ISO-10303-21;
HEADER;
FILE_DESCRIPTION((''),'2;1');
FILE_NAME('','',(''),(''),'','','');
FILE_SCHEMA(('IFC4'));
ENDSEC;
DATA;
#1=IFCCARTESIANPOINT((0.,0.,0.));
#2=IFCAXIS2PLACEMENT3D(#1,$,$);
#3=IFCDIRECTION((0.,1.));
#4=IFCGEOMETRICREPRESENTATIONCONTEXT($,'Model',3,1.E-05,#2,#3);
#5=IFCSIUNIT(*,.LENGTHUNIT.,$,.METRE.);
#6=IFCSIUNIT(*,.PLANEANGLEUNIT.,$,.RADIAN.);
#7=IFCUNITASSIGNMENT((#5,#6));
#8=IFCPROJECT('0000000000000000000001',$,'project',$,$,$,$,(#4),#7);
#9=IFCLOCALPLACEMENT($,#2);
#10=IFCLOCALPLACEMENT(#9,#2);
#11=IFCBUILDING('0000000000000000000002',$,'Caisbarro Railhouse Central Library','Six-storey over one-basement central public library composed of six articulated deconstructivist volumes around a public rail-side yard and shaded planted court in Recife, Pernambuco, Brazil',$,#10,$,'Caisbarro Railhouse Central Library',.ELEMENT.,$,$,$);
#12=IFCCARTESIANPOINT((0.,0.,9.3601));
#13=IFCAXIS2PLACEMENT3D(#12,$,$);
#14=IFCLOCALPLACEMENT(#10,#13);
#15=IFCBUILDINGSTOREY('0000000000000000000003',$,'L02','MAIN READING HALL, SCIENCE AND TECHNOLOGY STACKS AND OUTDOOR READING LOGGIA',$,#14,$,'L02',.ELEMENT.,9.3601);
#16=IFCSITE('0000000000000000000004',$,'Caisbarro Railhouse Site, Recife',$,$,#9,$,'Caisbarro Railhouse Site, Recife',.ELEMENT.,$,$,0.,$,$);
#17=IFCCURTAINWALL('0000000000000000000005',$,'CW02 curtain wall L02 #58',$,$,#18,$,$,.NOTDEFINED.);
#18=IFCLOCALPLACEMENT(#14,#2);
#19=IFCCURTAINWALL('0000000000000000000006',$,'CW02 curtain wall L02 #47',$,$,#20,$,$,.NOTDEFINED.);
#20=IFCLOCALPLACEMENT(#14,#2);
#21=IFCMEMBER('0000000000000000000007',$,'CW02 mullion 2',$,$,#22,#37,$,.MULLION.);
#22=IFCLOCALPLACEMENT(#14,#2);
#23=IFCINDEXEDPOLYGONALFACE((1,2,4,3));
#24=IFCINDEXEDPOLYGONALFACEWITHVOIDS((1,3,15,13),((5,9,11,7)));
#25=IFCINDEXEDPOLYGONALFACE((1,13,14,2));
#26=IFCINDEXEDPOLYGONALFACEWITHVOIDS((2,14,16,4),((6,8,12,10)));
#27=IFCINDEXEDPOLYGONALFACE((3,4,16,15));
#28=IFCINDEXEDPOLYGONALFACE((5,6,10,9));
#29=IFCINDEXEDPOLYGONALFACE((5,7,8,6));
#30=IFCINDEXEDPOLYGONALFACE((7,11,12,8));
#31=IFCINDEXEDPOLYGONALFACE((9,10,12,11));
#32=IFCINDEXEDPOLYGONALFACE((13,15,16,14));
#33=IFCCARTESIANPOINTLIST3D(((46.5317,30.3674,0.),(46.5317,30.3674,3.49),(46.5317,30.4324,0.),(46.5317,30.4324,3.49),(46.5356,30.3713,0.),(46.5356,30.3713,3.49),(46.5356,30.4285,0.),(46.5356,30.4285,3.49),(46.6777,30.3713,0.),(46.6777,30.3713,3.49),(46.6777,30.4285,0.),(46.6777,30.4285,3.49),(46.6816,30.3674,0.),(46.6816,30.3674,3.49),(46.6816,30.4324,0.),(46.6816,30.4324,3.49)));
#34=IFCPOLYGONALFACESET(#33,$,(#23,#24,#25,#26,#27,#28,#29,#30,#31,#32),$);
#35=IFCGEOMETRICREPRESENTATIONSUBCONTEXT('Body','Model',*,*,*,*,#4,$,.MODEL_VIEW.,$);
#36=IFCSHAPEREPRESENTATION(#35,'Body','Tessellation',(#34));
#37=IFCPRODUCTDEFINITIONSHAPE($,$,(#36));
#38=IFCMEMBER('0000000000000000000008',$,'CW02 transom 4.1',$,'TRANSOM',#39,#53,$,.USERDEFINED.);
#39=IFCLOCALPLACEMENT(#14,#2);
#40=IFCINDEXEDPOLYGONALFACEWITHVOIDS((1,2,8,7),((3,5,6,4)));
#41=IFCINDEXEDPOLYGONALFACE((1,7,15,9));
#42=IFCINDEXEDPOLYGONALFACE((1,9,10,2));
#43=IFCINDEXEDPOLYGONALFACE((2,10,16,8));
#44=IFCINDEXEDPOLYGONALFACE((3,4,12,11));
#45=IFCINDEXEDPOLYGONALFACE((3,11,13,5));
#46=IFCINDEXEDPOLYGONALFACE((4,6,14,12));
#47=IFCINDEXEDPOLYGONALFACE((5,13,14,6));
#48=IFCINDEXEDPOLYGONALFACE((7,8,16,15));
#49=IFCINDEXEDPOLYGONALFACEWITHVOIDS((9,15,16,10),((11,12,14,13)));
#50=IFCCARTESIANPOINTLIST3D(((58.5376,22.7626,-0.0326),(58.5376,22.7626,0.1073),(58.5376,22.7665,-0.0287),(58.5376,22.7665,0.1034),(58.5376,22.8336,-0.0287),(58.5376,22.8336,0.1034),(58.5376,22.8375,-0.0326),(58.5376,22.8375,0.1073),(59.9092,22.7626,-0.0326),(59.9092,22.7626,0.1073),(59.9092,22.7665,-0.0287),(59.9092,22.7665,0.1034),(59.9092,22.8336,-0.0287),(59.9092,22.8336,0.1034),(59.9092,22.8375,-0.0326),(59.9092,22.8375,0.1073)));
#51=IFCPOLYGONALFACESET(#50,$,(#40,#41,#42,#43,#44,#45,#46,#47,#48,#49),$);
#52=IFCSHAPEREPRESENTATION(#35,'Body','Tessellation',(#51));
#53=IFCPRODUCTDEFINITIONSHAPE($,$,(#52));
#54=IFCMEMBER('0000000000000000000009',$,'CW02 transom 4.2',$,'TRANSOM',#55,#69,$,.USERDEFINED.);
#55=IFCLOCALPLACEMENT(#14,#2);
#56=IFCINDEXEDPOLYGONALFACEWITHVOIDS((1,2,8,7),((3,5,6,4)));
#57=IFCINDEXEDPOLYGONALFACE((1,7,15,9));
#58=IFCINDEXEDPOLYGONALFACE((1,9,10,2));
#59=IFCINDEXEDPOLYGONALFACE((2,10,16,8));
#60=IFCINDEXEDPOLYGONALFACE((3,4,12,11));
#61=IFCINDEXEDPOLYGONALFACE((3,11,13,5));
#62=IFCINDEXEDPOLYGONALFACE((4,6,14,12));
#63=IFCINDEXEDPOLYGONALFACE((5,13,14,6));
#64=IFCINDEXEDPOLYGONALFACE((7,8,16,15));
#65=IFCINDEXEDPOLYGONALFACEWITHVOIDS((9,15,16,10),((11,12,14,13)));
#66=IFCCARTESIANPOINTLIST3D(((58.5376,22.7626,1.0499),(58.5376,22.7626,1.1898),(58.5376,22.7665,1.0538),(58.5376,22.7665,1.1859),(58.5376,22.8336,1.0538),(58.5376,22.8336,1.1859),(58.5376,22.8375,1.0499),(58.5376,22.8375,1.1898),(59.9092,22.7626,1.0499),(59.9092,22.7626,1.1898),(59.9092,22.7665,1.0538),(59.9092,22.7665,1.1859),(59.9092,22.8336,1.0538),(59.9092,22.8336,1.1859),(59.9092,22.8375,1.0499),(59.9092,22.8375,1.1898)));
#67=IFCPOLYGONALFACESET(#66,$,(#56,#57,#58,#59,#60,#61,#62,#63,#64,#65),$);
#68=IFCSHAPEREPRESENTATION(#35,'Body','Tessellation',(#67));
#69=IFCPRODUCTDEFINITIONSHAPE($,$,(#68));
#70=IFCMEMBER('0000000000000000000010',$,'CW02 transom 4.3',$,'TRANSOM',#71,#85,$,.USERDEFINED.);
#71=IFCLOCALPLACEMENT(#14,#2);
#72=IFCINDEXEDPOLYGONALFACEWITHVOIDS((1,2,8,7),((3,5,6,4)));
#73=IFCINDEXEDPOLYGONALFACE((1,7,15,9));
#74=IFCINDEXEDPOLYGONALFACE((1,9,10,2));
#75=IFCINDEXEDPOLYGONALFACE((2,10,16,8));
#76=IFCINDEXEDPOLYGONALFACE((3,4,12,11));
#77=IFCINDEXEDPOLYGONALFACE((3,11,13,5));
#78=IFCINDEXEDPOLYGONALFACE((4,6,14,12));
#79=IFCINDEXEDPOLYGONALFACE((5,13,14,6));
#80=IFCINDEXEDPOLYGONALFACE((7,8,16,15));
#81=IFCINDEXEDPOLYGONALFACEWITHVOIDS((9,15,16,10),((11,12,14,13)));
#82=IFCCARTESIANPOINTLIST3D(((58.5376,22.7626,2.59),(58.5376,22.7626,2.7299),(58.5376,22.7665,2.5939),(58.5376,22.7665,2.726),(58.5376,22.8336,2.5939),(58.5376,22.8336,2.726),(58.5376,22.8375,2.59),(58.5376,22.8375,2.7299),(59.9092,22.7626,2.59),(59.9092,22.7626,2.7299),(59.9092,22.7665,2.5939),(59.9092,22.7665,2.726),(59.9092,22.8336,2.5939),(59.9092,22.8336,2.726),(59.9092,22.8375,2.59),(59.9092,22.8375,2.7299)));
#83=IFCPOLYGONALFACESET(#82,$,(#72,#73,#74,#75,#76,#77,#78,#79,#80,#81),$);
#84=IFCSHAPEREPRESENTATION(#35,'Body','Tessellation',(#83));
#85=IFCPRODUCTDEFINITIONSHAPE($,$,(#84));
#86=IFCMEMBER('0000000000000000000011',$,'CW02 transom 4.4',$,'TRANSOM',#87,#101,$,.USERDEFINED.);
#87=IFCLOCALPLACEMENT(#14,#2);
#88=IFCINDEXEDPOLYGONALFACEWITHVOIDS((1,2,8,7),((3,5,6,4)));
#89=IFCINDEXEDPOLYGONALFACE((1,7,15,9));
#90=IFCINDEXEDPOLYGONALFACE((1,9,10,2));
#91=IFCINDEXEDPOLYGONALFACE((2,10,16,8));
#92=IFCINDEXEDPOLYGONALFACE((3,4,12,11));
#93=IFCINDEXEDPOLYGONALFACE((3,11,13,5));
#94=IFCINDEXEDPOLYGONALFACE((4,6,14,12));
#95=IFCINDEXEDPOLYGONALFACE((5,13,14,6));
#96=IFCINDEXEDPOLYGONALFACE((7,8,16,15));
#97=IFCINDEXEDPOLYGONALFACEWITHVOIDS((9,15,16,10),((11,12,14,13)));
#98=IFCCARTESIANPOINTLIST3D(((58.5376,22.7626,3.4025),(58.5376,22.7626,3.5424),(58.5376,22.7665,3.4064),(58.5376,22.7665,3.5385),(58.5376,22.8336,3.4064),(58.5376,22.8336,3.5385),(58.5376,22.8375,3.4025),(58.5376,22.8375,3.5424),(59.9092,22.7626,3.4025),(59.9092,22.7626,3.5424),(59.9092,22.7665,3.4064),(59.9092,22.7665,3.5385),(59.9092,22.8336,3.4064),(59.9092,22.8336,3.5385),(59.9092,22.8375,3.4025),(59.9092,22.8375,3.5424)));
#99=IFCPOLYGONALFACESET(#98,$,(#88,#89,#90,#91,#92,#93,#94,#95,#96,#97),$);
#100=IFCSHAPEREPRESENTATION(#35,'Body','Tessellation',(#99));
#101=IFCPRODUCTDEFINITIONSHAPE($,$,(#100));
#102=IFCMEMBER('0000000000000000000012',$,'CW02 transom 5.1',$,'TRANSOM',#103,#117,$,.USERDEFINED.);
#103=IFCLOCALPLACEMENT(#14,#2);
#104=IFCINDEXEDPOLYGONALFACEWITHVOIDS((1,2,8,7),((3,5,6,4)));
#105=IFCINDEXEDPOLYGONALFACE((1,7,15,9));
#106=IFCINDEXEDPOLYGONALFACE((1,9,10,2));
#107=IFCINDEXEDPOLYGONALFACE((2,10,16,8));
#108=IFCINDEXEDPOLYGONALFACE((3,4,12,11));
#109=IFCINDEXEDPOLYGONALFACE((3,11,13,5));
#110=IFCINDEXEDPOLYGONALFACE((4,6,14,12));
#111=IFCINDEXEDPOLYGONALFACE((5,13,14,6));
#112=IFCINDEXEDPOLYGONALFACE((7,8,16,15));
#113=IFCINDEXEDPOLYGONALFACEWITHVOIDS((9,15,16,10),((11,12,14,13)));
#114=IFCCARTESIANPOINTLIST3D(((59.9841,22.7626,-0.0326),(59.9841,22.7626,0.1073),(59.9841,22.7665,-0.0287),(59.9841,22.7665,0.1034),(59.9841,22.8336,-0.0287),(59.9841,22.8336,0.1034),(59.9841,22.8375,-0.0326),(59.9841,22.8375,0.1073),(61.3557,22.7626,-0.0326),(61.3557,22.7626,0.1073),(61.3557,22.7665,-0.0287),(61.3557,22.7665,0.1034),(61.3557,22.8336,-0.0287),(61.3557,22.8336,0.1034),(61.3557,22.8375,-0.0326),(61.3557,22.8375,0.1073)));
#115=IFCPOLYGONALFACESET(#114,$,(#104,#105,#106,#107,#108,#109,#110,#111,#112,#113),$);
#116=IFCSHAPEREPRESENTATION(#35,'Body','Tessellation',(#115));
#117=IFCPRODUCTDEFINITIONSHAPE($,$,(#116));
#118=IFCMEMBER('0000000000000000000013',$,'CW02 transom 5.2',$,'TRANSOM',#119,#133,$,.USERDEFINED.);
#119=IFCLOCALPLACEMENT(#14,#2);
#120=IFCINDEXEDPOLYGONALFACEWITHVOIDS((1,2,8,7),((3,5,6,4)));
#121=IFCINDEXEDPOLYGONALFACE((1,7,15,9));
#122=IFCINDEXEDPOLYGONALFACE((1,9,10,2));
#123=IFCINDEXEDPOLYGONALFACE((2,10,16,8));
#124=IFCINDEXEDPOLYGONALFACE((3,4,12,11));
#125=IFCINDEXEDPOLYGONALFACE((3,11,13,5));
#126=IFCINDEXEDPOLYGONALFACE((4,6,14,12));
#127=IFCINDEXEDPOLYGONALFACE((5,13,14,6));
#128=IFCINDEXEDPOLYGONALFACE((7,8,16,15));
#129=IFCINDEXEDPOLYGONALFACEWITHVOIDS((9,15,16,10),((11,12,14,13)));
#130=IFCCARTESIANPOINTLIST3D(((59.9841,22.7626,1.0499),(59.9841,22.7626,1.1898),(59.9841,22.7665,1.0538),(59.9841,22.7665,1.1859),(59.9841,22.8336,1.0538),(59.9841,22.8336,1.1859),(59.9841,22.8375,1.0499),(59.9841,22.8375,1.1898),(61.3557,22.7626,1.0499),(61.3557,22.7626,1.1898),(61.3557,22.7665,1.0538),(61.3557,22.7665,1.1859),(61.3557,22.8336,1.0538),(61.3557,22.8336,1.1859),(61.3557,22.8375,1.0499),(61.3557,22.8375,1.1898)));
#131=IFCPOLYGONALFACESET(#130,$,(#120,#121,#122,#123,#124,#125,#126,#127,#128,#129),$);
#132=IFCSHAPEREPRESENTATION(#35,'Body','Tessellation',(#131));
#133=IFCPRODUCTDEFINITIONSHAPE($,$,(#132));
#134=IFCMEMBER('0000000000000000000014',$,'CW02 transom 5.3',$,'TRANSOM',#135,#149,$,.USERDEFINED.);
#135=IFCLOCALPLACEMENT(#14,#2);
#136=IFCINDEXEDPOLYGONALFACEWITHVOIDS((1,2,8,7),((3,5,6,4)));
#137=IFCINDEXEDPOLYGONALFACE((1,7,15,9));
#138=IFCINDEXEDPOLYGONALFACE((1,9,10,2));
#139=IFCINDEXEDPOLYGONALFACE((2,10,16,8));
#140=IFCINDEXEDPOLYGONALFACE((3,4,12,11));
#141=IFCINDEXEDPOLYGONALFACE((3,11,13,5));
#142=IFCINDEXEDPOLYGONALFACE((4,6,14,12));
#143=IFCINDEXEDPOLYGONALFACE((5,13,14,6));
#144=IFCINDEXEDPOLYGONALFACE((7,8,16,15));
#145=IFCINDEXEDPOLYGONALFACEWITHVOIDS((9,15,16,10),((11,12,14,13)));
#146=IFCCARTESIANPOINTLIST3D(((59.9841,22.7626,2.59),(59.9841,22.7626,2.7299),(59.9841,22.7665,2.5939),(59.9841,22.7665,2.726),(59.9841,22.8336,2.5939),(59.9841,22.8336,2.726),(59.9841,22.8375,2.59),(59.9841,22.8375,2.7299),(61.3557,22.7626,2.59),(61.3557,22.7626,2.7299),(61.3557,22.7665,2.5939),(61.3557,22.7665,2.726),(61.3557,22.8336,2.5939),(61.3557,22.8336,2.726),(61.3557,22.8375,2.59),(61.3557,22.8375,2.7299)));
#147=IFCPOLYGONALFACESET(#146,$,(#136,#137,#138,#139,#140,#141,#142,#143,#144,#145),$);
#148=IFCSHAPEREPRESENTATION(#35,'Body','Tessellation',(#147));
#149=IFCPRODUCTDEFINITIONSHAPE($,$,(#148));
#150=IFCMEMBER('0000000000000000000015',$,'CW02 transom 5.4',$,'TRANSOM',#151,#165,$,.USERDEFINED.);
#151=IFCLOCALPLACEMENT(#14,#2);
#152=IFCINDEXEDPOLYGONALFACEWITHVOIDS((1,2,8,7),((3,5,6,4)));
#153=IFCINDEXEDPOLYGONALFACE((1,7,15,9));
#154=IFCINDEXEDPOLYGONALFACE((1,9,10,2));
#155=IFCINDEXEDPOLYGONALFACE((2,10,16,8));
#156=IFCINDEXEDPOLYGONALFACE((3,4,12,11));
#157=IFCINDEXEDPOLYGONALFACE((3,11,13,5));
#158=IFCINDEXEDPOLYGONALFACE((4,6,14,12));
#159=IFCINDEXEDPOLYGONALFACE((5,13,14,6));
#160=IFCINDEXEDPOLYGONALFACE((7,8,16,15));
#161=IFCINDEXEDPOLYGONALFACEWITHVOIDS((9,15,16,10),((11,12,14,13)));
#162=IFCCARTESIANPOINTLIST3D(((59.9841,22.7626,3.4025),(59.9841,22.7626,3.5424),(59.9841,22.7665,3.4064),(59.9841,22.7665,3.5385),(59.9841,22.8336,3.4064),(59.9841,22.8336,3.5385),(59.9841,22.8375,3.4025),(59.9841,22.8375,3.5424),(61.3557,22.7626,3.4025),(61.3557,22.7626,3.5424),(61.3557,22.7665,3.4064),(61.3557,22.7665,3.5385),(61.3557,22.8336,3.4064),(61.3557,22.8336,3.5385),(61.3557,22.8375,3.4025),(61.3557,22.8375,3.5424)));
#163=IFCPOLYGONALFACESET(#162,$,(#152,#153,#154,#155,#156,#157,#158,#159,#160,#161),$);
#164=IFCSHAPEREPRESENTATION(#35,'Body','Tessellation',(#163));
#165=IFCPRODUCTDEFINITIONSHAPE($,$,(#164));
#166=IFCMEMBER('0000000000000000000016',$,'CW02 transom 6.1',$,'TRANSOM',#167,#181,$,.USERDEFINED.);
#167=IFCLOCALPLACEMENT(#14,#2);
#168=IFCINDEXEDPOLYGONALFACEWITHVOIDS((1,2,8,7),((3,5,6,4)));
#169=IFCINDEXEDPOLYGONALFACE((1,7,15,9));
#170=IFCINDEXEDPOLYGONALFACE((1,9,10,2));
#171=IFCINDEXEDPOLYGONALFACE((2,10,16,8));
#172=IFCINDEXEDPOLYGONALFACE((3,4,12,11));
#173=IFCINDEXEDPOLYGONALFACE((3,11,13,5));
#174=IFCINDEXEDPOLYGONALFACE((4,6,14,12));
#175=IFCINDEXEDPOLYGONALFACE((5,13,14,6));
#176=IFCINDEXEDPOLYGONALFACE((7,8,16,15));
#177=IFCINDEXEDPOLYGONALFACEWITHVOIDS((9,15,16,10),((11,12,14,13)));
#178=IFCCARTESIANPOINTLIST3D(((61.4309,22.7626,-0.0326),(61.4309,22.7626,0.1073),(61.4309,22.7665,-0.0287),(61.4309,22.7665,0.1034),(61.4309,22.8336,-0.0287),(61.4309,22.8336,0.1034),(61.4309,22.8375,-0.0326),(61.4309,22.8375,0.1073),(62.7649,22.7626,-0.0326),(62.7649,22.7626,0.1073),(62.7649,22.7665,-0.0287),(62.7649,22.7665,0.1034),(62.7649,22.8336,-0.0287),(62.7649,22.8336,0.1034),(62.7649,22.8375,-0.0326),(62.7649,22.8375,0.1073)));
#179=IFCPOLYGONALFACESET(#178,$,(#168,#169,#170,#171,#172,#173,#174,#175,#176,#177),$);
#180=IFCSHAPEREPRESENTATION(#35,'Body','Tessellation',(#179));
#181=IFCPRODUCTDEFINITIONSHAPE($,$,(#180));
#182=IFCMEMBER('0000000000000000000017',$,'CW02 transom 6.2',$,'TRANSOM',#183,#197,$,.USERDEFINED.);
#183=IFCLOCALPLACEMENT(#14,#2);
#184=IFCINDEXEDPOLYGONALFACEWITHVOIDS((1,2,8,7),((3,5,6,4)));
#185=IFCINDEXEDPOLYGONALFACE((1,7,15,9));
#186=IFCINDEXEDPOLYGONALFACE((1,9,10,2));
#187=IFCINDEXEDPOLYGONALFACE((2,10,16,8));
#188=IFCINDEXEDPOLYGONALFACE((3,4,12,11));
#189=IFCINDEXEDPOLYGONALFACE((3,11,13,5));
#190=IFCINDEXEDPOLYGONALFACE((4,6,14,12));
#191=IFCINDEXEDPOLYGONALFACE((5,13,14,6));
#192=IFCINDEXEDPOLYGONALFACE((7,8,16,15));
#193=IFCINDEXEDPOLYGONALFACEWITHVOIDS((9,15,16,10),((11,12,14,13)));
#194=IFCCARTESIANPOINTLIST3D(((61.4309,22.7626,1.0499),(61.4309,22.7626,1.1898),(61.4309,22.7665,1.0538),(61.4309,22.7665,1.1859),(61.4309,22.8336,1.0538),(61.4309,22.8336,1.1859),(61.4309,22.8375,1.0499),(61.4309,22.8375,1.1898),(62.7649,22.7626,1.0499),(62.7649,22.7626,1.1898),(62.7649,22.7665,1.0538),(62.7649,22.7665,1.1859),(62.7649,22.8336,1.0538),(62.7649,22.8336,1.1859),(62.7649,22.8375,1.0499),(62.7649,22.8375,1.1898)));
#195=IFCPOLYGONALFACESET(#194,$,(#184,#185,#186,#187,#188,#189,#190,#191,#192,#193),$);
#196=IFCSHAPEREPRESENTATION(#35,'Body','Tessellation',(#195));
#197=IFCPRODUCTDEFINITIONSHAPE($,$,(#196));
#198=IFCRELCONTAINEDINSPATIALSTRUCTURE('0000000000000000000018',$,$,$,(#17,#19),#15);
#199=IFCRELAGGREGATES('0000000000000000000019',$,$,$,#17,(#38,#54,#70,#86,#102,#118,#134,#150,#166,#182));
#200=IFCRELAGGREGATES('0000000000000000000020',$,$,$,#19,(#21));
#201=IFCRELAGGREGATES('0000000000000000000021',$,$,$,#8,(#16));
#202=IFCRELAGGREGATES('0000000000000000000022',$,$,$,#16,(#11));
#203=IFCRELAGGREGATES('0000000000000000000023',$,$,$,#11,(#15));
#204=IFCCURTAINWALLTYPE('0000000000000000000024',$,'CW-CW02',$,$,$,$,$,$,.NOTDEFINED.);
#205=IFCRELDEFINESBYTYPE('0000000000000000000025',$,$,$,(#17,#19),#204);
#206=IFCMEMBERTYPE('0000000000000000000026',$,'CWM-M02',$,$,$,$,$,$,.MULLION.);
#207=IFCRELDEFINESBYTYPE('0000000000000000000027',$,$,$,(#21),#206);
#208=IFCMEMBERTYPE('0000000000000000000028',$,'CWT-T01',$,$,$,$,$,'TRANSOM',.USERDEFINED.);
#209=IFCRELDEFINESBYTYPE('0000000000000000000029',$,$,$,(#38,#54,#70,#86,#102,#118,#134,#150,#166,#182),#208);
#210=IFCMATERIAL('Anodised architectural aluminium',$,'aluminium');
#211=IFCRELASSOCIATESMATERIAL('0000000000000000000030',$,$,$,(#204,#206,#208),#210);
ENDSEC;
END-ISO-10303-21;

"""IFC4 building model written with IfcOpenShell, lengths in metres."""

from ifc_helpers import new_model, si_unit, direction, frame, origin, origin_2d, place, context, subcontext, project, spatial, hollow_rectangle, extrude, material, material_profile, profile_set, type_object, element, aggregate, save


model = new_model("IFC4")

# Units and contexts
model_context = context("Model", 3, precision=1e-05, world=origin(), true_north=direction((0.0, 1.0)))
body_context = subcontext(model_context, "Body", "Model", "MODEL_VIEW")
ifc_project = project(units=[si_unit("LENGTHUNIT", "METRE"), si_unit("PLANEANGLEUNIT", "RADIAN")], contexts=[model_context])

# Site, building, storey
site_placement = place(None, origin())
site = spatial("IfcSite", under=ifc_project, at=site_placement, Name="Caisbarro Railhouse Site, Recife", LongName="Caisbarro Railhouse Site, Recife", CompositionType="ELEMENT", RefElevation=0.0)
building_placement = place(site_placement, origin())
building = spatial("IfcBuilding", under=site, at=building_placement, Name="Caisbarro Railhouse Central Library", Description="Six-storey over one-basement central public library composed of six articulated deconstructivist volumes around a public rail-side yard and shaded planted court in Recife, Pernambuco, Brazil", LongName="Caisbarro Railhouse Central Library", CompositionType="ELEMENT")
storey_placement = place(building_placement, frame((0.0, 0.0, 9.3601)))
storey = spatial("IfcBuildingStorey", under=building, at=storey_placement, Name="L02", Description="MAIN READING HALL, SCIENCE AND TECHNOLOGY STACKS AND OUTDOOR READING LOGGIA", LongName="L02", CompositionType="ELEMENT", Elevation=9.3601)

# Curtain wall
ifc_material_1 = material(Name="Anodised architectural aluminium", Category="aluminium")
curtain_wall_type = type_object("IfcCurtainWallType", Name="CW-CW02", PredefinedType="NOTDEFINED", material=ifc_material_1)
curtain_wall_1_placement = place(storey_placement, origin())
curtain_wall_1 = element("IfcCurtainWall", 1, at=curtain_wall_1_placement, inside=storey, type_object=curtain_wall_type, Name="CW02 curtain wall L02 #58", PredefinedType="NOTDEFINED")

# Curtain wall, member
curtain_wall_2_placement = place(storey_placement, origin())
curtain_wall_2 = element("IfcCurtainWall", 2, at=curtain_wall_2_placement, inside=storey, type_object=curtain_wall_type, Name="CW02 curtain wall L02 #47", PredefinedType="NOTDEFINED")
ifc_material_profile_1 = material_profile(ifc_material_1, hollow_rectangle(XDim=0.0649, YDim=0.1499, WallThickness=0.0039, at=origin_2d()), Name="ALU-MUL-65X150")
ifc_profile_set_1 = profile_set([ifc_material_profile_1], Name="Anodised architectural aluminium")
member_type_1 = type_object("IfcMemberType", Name="CWM-M02", PredefinedType="MULLION", material=ifc_profile_set_1)
member_1_placement = place(storey_placement, frame((46.6067, 30.3999, 0.0), z_axis=(0.0, 0.0, 1.0), x_axis=(0.0, 1.0, 0.0)))
member_1 = element("IfcMember", 3, at=member_1_placement, type_object=member_type_1, Name="CW02 mullion 2", PredefinedType="MULLION", context=body_context, shape_type="SweptSolid", body=[
    extrude(hollow_rectangle(XDim=0.0649, YDim=0.1499, WallThickness=0.0039, at=origin_2d()), origin(), (0.0, 0.0, 1.0), 3.49),
])

# Members
ifc_material_profile_2 = material_profile(ifc_material_1, hollow_rectangle(XDim=0.075, YDim=0.1399, WallThickness=0.0039, at=origin_2d()), Name="ALU-TRN-75X140")
ifc_profile_set_2 = profile_set([ifc_material_profile_2], Name="Anodised architectural aluminium")
member_type_2 = type_object("IfcMemberType", Name="CWT-T01", ElementType="TRANSOM", PredefinedType="USERDEFINED", material=ifc_profile_set_2)
member_2_placement = place(storey_placement, frame((58.5376, 22.8, 0.0374), z_axis=(1.0, 0.0, 0.0), x_axis=(0.0, 1.0, 0.0)))
member_2 = element("IfcMember", 4, at=member_2_placement, type_object=member_type_2, Name="CW02 transom 4.1", ObjectType="TRANSOM", PredefinedType="USERDEFINED", context=body_context, shape_type="SweptSolid", body=[
    extrude(hollow_rectangle(XDim=0.075, YDim=0.1399, WallThickness=0.0039, at=origin_2d()), origin(), (0.0, 0.0, 1.0), 1.3716),
])
member_3_placement = place(storey_placement, frame((58.5376, 22.8, 1.1199), z_axis=(1.0, 0.0, 0.0), x_axis=(0.0, 1.0, 0.0)))
member_3 = element("IfcMember", 5, at=member_3_placement, type_object=member_type_2, Name="CW02 transom 4.2", ObjectType="TRANSOM", PredefinedType="USERDEFINED", context=body_context, shape_type="SweptSolid", body=[
    extrude(hollow_rectangle(XDim=0.075, YDim=0.1399, WallThickness=0.0039, at=origin_2d()), origin(), (0.0, 0.0, 1.0), 1.3716),
])
member_4_placement = place(storey_placement, frame((58.5376, 22.8, 2.6599), z_axis=(1.0, 0.0, 0.0), x_axis=(0.0, 1.0, 0.0)))
member_4 = element("IfcMember", 6, at=member_4_placement, type_object=member_type_2, Name="CW02 transom 4.3", ObjectType="TRANSOM", PredefinedType="USERDEFINED", context=body_context, shape_type="SweptSolid", body=[
    extrude(hollow_rectangle(XDim=0.075, YDim=0.1399, WallThickness=0.0039, at=origin_2d()), origin(), (0.0, 0.0, 1.0), 1.3716),
])
member_5_placement = place(storey_placement, frame((58.5376, 22.8, 3.4724), z_axis=(1.0, 0.0, 0.0), x_axis=(0.0, 1.0, 0.0)))
member_5 = element("IfcMember", 7, at=member_5_placement, type_object=member_type_2, Name="CW02 transom 4.4", ObjectType="TRANSOM", PredefinedType="USERDEFINED", context=body_context, shape_type="SweptSolid", body=[
    extrude(hollow_rectangle(XDim=0.075, YDim=0.1399, WallThickness=0.0039, at=origin_2d()), origin(), (0.0, 0.0, 1.0), 1.3716),
])
member_6_placement = place(storey_placement, frame((59.9841, 22.8, 0.0374), z_axis=(1.0, 0.0, 0.0), x_axis=(0.0, 1.0, 0.0)))
member_6 = element("IfcMember", 8, at=member_6_placement, type_object=member_type_2, Name="CW02 transom 5.1", ObjectType="TRANSOM", PredefinedType="USERDEFINED", context=body_context, shape_type="SweptSolid", body=[
    extrude(hollow_rectangle(XDim=0.075, YDim=0.1399, WallThickness=0.0039, at=origin_2d()), origin(), (0.0, 0.0, 1.0), 1.3716),
])
member_7_placement = place(storey_placement, frame((59.9841, 22.8, 1.1199), z_axis=(1.0, 0.0, 0.0), x_axis=(0.0, 1.0, 0.0)))
member_7 = element("IfcMember", 9, at=member_7_placement, type_object=member_type_2, Name="CW02 transom 5.2", ObjectType="TRANSOM", PredefinedType="USERDEFINED", context=body_context, shape_type="SweptSolid", body=[
    extrude(hollow_rectangle(XDim=0.075, YDim=0.1399, WallThickness=0.0039, at=origin_2d()), origin(), (0.0, 0.0, 1.0), 1.3716),
])
member_8_placement = place(storey_placement, frame((59.9841, 22.8, 2.6599), z_axis=(1.0, 0.0, 0.0), x_axis=(0.0, 1.0, 0.0)))
member_8 = element("IfcMember", 10, at=member_8_placement, type_object=member_type_2, Name="CW02 transom 5.3", ObjectType="TRANSOM", PredefinedType="USERDEFINED", context=body_context, shape_type="SweptSolid", body=[
    extrude(hollow_rectangle(XDim=0.075, YDim=0.1399, WallThickness=0.0039, at=origin_2d()), origin(), (0.0, 0.0, 1.0), 1.3716),
])
member_9_placement = place(storey_placement, frame((59.9841, 22.8, 3.4724), z_axis=(1.0, 0.0, 0.0), x_axis=(0.0, 1.0, 0.0)))
member_9 = element("IfcMember", 11, at=member_9_placement, type_object=member_type_2, Name="CW02 transom 5.4", ObjectType="TRANSOM", PredefinedType="USERDEFINED", context=body_context, shape_type="SweptSolid", body=[
    extrude(hollow_rectangle(XDim=0.075, YDim=0.1399, WallThickness=0.0039, at=origin_2d()), origin(), (0.0, 0.0, 1.0), 1.3716),
])
member_10_placement = place(storey_placement, frame((61.4309, 22.8, 0.0374), z_axis=(1.0, 0.0, 0.0), x_axis=(0.0, 1.0, 0.0)))
member_10 = element("IfcMember", 12, at=member_10_placement, type_object=member_type_2, Name="CW02 transom 6.1", ObjectType="TRANSOM", PredefinedType="USERDEFINED", context=body_context, shape_type="SweptSolid", body=[
    extrude(hollow_rectangle(XDim=0.075, YDim=0.1399, WallThickness=0.0039, at=origin_2d()), origin(), (0.0, 0.0, 1.0), 1.334),
])
member_11_placement = place(storey_placement, frame((61.4309, 22.8, 1.1199), z_axis=(1.0, 0.0, 0.0), x_axis=(0.0, 1.0, 0.0)))
member_11 = element("IfcMember", 13, at=member_11_placement, type_object=member_type_2, Name="CW02 transom 6.2", ObjectType="TRANSOM", PredefinedType="USERDEFINED", context=body_context, shape_type="SweptSolid", body=[
    extrude(hollow_rectangle(XDim=0.075, YDim=0.1399, WallThickness=0.0039, at=origin_2d()), origin(), (0.0, 0.0, 1.0), 1.334),
])

aggregate(curtain_wall_1, [member_2, member_3, member_4, member_5, member_6, member_7, member_8, member_9, member_10, member_11])
aggregate(curtain_wall_2, [member_1])

save(model, "model.ifc")
